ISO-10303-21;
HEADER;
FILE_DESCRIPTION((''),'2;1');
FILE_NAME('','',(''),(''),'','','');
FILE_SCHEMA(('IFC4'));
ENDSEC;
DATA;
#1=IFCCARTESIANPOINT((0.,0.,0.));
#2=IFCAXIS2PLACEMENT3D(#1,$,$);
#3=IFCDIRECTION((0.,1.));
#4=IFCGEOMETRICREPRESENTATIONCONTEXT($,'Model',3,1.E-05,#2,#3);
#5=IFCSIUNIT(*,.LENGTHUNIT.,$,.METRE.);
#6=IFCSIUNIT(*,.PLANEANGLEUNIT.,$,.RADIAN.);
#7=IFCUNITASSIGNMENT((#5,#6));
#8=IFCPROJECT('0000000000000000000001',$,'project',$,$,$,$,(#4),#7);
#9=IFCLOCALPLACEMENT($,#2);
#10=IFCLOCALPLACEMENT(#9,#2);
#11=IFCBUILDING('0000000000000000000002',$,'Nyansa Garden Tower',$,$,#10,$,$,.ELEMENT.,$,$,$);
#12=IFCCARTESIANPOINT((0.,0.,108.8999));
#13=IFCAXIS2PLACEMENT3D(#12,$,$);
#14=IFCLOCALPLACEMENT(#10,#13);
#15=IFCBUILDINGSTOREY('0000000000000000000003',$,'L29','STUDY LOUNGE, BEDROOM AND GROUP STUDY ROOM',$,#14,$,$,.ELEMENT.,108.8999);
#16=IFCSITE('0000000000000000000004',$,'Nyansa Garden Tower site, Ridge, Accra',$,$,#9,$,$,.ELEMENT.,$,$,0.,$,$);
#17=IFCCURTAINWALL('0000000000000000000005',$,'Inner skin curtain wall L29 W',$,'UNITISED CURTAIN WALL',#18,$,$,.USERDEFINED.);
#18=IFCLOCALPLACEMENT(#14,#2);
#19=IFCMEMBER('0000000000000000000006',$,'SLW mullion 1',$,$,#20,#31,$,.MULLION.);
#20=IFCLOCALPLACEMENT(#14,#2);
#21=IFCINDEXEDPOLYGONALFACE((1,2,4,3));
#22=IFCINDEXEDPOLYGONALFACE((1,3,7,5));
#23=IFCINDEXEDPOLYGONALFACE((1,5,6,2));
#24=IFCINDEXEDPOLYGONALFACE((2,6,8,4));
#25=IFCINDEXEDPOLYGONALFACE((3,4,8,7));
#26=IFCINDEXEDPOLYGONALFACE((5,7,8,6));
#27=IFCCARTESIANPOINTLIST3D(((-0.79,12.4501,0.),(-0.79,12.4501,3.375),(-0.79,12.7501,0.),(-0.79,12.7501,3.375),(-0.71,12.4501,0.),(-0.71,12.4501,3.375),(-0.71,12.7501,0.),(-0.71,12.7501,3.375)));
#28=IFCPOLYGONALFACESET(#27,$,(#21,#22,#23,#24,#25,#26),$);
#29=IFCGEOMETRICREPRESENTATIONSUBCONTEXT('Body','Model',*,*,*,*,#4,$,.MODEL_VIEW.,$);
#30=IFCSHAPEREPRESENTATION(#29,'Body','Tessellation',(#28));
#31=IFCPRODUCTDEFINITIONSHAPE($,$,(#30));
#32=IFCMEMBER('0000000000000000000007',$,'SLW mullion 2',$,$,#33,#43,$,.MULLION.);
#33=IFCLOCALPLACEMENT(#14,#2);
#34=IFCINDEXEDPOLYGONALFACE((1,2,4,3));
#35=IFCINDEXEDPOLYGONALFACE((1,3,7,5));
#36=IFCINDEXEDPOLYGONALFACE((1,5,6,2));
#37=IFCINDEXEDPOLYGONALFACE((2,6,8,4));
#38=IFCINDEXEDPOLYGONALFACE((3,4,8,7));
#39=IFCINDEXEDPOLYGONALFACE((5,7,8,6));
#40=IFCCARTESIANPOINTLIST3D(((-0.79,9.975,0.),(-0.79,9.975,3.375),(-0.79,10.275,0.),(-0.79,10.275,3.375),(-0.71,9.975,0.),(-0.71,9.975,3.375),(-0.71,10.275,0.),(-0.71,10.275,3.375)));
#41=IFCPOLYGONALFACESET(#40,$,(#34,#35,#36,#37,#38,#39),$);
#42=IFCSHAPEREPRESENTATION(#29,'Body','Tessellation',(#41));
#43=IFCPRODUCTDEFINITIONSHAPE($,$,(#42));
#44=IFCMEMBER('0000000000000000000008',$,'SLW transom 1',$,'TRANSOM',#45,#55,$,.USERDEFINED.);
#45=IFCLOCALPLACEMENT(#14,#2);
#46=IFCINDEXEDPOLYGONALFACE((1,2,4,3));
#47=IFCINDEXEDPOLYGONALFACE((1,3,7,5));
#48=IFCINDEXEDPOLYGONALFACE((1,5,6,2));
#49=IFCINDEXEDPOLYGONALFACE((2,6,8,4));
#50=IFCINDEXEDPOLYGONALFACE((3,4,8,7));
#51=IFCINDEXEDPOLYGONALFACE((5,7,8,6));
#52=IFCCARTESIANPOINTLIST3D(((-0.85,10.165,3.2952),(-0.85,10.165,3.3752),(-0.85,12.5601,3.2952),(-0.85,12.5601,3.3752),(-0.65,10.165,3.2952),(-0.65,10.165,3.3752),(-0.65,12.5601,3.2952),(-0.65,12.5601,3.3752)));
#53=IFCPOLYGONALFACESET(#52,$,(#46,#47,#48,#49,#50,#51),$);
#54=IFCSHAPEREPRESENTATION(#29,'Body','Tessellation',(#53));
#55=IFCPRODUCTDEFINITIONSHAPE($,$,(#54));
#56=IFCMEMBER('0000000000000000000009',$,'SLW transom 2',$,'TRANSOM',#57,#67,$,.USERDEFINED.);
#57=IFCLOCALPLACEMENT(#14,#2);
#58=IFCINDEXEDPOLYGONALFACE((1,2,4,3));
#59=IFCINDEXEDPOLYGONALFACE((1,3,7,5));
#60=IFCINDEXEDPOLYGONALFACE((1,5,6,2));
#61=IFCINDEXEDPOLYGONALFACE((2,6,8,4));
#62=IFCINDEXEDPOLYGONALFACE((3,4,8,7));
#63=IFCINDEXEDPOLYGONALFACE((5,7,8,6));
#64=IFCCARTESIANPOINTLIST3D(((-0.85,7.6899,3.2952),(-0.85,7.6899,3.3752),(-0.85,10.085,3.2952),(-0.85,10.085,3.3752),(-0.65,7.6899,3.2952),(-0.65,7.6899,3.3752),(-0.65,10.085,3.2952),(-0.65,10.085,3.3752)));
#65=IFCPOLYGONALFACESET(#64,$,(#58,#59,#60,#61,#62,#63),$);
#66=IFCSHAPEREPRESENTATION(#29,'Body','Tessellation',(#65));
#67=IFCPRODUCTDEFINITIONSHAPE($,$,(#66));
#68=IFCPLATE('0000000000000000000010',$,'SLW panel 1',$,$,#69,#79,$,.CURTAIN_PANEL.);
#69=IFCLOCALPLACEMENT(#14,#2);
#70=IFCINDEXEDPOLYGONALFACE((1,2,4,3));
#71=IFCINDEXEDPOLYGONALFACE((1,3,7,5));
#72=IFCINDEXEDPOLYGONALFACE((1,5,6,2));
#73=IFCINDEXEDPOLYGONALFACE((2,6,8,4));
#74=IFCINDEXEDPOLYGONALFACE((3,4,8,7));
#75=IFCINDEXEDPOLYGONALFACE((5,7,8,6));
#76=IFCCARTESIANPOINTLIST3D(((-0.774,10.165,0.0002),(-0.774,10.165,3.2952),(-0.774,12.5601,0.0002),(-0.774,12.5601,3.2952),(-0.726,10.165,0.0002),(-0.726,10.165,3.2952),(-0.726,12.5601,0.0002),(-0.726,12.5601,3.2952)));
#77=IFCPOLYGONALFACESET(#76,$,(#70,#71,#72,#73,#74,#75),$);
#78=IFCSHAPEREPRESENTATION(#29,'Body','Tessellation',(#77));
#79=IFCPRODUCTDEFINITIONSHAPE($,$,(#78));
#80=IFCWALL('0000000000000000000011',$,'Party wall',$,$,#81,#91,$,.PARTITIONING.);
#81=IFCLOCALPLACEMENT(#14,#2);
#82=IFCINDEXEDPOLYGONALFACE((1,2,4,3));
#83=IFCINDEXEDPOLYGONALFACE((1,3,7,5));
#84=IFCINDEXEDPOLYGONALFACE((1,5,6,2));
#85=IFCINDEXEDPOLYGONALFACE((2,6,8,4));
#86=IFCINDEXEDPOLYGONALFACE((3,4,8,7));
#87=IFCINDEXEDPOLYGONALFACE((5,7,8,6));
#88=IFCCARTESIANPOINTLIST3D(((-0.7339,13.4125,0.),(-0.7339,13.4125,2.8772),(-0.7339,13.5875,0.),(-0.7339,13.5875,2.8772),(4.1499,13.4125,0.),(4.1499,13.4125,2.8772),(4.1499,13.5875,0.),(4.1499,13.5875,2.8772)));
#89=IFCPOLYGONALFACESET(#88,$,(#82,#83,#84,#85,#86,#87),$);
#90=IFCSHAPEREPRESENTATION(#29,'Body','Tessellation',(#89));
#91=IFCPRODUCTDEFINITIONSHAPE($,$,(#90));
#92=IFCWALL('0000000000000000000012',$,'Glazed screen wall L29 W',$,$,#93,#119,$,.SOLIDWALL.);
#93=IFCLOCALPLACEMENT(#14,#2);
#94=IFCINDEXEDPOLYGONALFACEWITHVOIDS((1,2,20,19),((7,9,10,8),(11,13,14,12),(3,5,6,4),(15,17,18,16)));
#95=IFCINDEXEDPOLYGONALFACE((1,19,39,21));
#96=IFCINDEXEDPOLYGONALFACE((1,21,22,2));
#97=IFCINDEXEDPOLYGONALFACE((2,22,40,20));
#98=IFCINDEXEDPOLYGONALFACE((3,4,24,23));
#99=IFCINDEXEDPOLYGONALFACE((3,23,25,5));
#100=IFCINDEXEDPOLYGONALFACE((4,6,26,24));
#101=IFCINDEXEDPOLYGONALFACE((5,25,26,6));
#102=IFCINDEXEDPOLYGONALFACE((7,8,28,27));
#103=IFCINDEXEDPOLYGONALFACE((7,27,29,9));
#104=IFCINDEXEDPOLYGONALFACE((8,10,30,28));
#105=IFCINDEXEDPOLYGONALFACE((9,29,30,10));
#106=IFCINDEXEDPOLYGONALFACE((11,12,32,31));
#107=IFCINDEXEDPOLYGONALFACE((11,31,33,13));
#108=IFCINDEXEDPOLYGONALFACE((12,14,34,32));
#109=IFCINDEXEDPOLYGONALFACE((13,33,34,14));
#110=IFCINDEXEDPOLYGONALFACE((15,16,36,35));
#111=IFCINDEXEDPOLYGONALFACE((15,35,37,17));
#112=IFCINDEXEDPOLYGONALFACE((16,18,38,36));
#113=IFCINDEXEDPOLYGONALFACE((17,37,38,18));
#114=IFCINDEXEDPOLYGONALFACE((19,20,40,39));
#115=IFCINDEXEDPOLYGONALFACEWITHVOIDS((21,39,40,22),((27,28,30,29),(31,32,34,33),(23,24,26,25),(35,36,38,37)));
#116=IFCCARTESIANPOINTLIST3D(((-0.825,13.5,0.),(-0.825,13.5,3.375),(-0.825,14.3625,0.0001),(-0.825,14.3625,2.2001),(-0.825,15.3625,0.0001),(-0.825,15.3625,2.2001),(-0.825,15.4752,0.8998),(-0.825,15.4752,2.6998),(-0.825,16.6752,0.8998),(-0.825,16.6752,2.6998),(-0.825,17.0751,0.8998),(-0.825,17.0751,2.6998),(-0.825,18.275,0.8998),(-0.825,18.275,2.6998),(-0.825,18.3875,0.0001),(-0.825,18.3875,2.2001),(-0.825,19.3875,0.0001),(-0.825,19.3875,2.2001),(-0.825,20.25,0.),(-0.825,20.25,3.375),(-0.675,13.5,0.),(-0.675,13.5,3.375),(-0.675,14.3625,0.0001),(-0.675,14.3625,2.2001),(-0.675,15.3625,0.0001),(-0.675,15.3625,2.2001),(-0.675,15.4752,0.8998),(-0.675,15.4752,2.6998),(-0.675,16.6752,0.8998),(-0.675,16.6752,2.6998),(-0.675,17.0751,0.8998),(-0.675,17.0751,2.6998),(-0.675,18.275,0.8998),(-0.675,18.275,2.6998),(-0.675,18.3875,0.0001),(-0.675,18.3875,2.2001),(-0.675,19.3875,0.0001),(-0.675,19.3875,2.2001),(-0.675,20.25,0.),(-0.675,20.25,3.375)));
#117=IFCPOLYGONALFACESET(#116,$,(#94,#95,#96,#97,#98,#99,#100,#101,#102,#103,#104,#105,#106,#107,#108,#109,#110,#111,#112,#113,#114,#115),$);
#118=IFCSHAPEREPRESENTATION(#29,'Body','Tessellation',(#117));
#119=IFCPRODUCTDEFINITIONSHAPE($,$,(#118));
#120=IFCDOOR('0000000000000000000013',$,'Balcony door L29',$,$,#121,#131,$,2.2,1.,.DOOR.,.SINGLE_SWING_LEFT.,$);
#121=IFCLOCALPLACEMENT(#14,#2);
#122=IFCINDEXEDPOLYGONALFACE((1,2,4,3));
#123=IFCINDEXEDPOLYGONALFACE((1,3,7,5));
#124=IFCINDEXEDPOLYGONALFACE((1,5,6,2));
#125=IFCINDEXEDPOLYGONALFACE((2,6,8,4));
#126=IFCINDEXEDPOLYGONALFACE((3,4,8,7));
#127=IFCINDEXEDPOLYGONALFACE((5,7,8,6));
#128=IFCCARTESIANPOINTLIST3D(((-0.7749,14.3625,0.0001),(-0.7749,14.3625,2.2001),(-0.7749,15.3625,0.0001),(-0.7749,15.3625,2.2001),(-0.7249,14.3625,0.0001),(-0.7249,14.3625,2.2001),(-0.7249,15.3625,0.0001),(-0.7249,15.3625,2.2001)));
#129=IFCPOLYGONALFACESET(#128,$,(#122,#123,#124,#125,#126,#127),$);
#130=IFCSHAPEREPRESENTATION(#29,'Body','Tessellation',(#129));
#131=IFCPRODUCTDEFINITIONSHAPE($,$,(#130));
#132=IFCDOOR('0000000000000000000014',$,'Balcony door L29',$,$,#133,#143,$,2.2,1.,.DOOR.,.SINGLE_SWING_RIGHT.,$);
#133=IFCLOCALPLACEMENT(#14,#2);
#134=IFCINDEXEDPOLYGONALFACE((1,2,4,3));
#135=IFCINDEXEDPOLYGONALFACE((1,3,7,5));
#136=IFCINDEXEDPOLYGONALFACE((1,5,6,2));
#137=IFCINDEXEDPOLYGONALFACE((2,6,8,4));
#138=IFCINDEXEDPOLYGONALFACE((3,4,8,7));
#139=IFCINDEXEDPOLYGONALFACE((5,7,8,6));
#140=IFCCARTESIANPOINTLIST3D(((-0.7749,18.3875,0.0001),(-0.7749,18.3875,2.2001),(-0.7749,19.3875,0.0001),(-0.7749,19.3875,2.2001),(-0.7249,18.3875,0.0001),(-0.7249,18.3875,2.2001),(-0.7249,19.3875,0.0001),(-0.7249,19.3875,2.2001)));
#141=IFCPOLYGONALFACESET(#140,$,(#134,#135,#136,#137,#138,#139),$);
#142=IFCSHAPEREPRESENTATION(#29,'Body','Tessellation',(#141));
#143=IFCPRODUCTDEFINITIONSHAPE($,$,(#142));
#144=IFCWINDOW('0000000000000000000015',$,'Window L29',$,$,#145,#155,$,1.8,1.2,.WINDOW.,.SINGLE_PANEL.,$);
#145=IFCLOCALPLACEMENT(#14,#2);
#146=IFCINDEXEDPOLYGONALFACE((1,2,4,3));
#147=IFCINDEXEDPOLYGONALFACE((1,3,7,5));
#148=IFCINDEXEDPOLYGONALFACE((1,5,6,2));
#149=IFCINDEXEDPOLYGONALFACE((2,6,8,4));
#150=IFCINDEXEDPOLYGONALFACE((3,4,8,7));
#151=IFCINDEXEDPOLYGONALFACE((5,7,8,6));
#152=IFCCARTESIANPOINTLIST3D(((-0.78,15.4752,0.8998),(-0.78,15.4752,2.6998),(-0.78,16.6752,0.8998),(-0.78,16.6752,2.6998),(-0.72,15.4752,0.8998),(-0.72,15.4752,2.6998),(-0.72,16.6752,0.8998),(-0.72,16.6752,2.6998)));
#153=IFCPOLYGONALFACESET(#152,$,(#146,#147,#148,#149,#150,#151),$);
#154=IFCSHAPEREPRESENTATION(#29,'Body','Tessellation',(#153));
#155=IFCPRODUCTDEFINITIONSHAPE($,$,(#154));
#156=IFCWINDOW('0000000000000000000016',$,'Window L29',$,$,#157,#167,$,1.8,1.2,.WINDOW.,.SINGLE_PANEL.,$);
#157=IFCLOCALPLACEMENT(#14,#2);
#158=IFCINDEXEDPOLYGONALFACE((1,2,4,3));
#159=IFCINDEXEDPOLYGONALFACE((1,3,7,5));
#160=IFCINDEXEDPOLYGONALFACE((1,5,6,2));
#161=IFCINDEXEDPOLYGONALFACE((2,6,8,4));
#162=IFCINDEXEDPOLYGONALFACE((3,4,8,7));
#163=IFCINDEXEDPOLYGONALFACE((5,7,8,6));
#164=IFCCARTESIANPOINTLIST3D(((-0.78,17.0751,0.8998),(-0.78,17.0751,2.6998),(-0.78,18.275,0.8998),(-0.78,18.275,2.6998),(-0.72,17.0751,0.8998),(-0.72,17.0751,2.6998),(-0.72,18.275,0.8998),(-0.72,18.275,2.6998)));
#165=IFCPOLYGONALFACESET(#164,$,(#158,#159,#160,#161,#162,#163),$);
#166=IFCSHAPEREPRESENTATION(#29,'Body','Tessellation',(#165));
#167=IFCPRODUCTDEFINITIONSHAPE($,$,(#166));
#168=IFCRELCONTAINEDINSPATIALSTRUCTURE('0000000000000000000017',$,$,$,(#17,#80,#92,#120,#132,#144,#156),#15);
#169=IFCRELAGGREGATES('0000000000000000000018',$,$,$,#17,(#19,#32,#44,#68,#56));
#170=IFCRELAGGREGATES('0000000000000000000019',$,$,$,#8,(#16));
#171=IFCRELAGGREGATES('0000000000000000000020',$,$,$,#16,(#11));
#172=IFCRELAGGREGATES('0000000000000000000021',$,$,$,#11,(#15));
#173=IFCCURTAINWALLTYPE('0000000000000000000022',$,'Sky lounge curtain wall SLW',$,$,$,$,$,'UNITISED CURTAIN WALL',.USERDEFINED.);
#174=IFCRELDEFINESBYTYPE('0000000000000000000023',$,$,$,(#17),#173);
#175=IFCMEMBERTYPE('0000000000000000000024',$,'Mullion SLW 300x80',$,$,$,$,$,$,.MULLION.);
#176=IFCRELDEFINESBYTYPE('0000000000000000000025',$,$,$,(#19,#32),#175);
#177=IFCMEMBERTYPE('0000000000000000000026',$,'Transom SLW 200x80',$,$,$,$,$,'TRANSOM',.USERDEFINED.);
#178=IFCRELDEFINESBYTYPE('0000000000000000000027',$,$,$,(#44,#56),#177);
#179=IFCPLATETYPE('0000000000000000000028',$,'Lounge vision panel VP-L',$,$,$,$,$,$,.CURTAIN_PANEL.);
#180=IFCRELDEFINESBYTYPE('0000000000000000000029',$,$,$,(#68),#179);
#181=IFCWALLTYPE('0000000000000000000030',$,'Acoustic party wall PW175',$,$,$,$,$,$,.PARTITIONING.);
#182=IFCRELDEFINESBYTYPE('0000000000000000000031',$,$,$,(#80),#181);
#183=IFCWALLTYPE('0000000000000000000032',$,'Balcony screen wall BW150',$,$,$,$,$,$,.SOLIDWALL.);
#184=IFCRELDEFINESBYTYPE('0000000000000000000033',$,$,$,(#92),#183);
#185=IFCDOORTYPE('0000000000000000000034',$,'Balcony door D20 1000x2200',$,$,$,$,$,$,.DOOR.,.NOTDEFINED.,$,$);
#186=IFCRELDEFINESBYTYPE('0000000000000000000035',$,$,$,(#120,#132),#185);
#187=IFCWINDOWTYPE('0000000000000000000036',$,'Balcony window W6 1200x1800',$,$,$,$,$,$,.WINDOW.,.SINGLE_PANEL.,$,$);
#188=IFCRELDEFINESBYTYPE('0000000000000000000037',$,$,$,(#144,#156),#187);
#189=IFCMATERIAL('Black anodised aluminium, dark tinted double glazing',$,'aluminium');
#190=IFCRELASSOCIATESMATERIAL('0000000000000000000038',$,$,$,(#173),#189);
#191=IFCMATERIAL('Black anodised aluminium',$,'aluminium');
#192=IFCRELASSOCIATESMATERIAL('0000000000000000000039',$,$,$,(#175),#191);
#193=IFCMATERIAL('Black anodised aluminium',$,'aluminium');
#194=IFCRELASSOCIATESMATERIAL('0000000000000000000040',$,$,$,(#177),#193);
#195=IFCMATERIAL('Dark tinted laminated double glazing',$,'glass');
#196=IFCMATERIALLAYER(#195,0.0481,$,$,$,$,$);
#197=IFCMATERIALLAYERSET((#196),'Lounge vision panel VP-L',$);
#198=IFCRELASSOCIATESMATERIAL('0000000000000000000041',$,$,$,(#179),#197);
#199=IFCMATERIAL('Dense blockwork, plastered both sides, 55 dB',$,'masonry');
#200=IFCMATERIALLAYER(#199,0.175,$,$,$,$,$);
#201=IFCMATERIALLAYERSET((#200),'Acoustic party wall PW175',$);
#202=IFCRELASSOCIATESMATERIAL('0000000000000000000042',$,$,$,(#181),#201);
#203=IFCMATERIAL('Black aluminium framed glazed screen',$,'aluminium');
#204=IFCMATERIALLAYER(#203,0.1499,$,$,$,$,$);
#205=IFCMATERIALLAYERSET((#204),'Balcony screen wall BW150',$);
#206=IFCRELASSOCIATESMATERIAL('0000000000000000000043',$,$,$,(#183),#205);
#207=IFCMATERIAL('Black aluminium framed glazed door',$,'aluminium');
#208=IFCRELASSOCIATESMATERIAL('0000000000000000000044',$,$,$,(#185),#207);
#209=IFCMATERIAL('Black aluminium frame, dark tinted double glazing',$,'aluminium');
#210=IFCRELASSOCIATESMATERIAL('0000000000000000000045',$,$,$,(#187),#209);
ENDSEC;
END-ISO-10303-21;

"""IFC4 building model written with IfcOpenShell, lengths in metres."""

from ifc_helpers import new_model, si_unit, direction, frame, frame_2d, origin, origin_2d, place, context, subcontext, project, spatial, rectangle, extrude, material, layer, layer_set, material_profile, profile_set, type_object, element, fill, aggregate, save


model = new_model("IFC4")

# Units and contexts
model_context = context("Model", 3, precision=1e-05, world=origin(), true_north=direction((0.0, 1.0)))
body_context = subcontext(model_context, "Body", "Model", "MODEL_VIEW")
ifc_project = project(units=[si_unit("LENGTHUNIT", "METRE"), si_unit("PLANEANGLEUNIT", "RADIAN")], contexts=[model_context])

# Site, building, storey
site_placement = place(None, origin())
site = spatial("IfcSite", under=ifc_project, at=site_placement, Name="Nyansa Garden Tower site, Ridge, Accra", CompositionType="ELEMENT", RefElevation=0.0)
building_placement = place(site_placement, origin())
building = spatial("IfcBuilding", under=site, at=building_placement, Name="Nyansa Garden Tower", CompositionType="ELEMENT")
storey_placement = place(building_placement, frame((0.0, 0.0, 108.8999)))
storey = spatial("IfcBuildingStorey", under=building, at=storey_placement, Name="L29", Description="STUDY LOUNGE, BEDROOM AND GROUP STUDY ROOM", CompositionType="ELEMENT", Elevation=108.8999)

# Curtain wall, members, plate
ifc_material_1 = material(Name="Black anodised aluminium, dark tinted double glazing", Category="aluminium")
curtain_wall_type = type_object("IfcCurtainWallType", Name="Sky lounge curtain wall SLW", ElementType="UNITISED CURTAIN WALL", PredefinedType="USERDEFINED", material=ifc_material_1)
curtain_wall_placement = place(storey_placement, origin())
curtain_wall = element("IfcCurtainWall", 1, at=curtain_wall_placement, inside=storey, type_object=curtain_wall_type, Name="Inner skin curtain wall L29 W", ObjectType="UNITISED CURTAIN WALL", PredefinedType="USERDEFINED")
ifc_material_2 = material(Name="Black anodised aluminium", Category="aluminium")
ifc_material_profile_1 = material_profile(ifc_material_2, rectangle(XDim=0.0801, YDim=0.3, at=origin_2d()), Name="Mullion 300x80")
ifc_profile_set_1 = profile_set([ifc_material_profile_1], Name="Black anodised aluminium")
member_type_1 = type_object("IfcMemberType", Name="Mullion SLW 300x80", PredefinedType="MULLION", material=ifc_profile_set_1)
member_1_placement = place(storey_placement, frame((-0.75, 12.6001, 0.0), z_axis=(0.0, 0.0, 1.0), x_axis=(1.0, 0.0, 0.0)))
member_1 = element("IfcMember", 2, at=member_1_placement, type_object=member_type_1, Name="SLW mullion 1", PredefinedType="MULLION", context=body_context, shape_type="SweptSolid", body=[
    extrude(rectangle(XDim=0.0801, YDim=0.3, at=origin_2d()), origin(), (0.0, 0.0, 1.0), 3.375),
])
member_2_placement = place(storey_placement, frame((-0.75, 10.125, 0.0), z_axis=(0.0, 0.0, 1.0), x_axis=(1.0, 0.0, 0.0)))
member_2 = element("IfcMember", 3, at=member_2_placement, type_object=member_type_1, Name="SLW mullion 2", PredefinedType="MULLION", context=body_context, shape_type="SweptSolid", body=[
    extrude(rectangle(XDim=0.0801, YDim=0.3, at=origin_2d()), origin(), (0.0, 0.0, 1.0), 3.375),
])
ifc_material_3 = material(Name="Black anodised aluminium", Category="aluminium")
ifc_material_profile_2 = material_profile(ifc_material_3, rectangle(XDim=0.2, YDim=0.0801, at=origin_2d()), Name="Transom 200x80")
ifc_profile_set_2 = profile_set([ifc_material_profile_2], Name="Black anodised aluminium")
member_type_2 = type_object("IfcMemberType", Name="Transom SLW 200x80", ElementType="TRANSOM", PredefinedType="USERDEFINED", material=ifc_profile_set_2)
member_3_placement = place(storey_placement, frame((-0.75, 12.5601, 3.3352), z_axis=(0.0, -1.0, 0.0), x_axis=(1.0, 0.0, 0.0)))
member_3 = element("IfcMember", 4, at=member_3_placement, type_object=member_type_2, Name="SLW transom 1", ObjectType="TRANSOM", PredefinedType="USERDEFINED", context=body_context, shape_type="SweptSolid", body=[
    extrude(rectangle(XDim=0.2, YDim=0.0801, at=origin_2d()), origin(), (0.0, 0.0, 1.0), 2.395),
])
member_4_placement = place(storey_placement, frame((-0.75, 10.085, 3.3352), z_axis=(0.0, -1.0, 0.0), x_axis=(1.0, 0.0, 0.0)))
member_4 = element("IfcMember", 5, at=member_4_placement, type_object=member_type_2, Name="SLW transom 2", ObjectType="TRANSOM", PredefinedType="USERDEFINED", context=body_context, shape_type="SweptSolid", body=[
    extrude(rectangle(XDim=0.2, YDim=0.0801, at=origin_2d()), origin(), (0.0, 0.0, 1.0), 2.395),
])
ifc_material_4 = material(Name="Dark tinted laminated double glazing", Category="glass")
ifc_layer_1 = layer(ifc_material_4, 0.0481)
ifc_layer_set_1 = layer_set([ifc_layer_1], Name="Lounge vision panel VP-L")
plate_type = type_object("IfcPlateType", Name="Lounge vision panel VP-L", PredefinedType="CURTAIN_PANEL", material=ifc_layer_set_1)
plate_placement = place(storey_placement, frame((-0.75, 11.3625, 0.0002), z_axis=(0.0, 0.0, 1.0), x_axis=(0.0, -1.0, 0.0)))
plate = element("IfcPlate", 6, at=plate_placement, type_object=plate_type, Name="SLW panel 1", PredefinedType="CURTAIN_PANEL", context=body_context, shape_type="SweptSolid", body=[
    extrude(rectangle(XDim=2.395, YDim=0.0481, at=origin_2d()), origin(), (0.0, 0.0, 1.0), 3.2949),
])
aggregate(curtain_wall, [member_1, member_2, member_3, plate, member_4])

# Wall
ifc_material_5 = material(Name="Dense blockwork, plastered both sides, 55 dB", Category="masonry")
ifc_layer_2 = layer(ifc_material_5, 0.175)
ifc_layer_set_2 = layer_set([ifc_layer_2], Name="Acoustic party wall PW175")
wall_type_1 = type_object("IfcWallType", Name="Acoustic party wall PW175", PredefinedType="PARTITIONING", material=ifc_layer_set_2)
wall_1_placement = place(storey_placement, frame((-0.7339, 13.5, 0.0), z_axis=(0.0, 0.0, 1.0), x_axis=(1.0, 0.0, 0.0)))
element("IfcWall", 7, at=wall_1_placement, inside=storey, type_object=wall_type_1, Name="Party wall", PredefinedType="PARTITIONING", context=body_context, shape_type="SweptSolid", body=[
    extrude(rectangle(XDim=4.8838, YDim=0.175, at=frame_2d((2.4419, 0.0))), origin(), (0.0, 0.0, 1.0), 2.8772),
])

# Wall, openings, doors, windows
ifc_material_6 = material(Name="Black aluminium framed glazed screen", Category="aluminium")
ifc_layer_3 = layer(ifc_material_6, 0.1499)
ifc_layer_set_3 = layer_set([ifc_layer_3], Name="Balcony screen wall BW150")
wall_type_2 = type_object("IfcWallType", Name="Balcony screen wall BW150", PredefinedType="SOLIDWALL", material=ifc_layer_set_3)
wall_2_placement = place(storey_placement, frame((-0.75, 13.5, 0.0), z_axis=(0.0, 0.0, 1.0), x_axis=(0.0, 1.0, 0.0)))
wall_2 = element("IfcWall", 8, at=wall_2_placement, inside=storey, type_object=wall_type_2, Name="Glazed screen wall L29 W", PredefinedType="SOLIDWALL", context=body_context, shape_type="SweptSolid", body=[
    extrude(rectangle(XDim=6.75, YDim=0.1499, at=frame_2d((3.375, 0.0))), origin(), (0.0, 0.0, 1.0), 3.375),
])
opening_1_placement = place(wall_2_placement, frame((0.8625, 0.0, 0.0)))
opening_1 = element("IfcOpeningElement", 9, at=opening_1_placement, cuts=wall_2, PredefinedType="OPENING", context=body_context, shape_type="SweptSolid", body=[
    extrude(rectangle(XDim=1.0, YDim=2.2, at=frame_2d((0.5, 1.1001))), frame((0.0, 0.085, 0.0), z_axis=(0.0, -1.0, 0.0), x_axis=(1.0, 0.0, 0.0)), (0.0, 0.0, 1.0), 0.1699),
])
opening_2_placement = place(wall_2_placement, frame((1.9751, 0.0, 0.8999)))
opening_2 = element("IfcOpeningElement", 10, at=opening_2_placement, cuts=wall_2, PredefinedType="OPENING", context=body_context, shape_type="SweptSolid", body=[
    extrude(rectangle(XDim=1.2, YDim=1.8, at=frame_2d((0.6001, 0.8999))), frame((0.0, 0.085, 0.0), z_axis=(0.0, -1.0, 0.0), x_axis=(1.0, 0.0, 0.0)), (0.0, 0.0, 1.0), 0.1699),
])
opening_3_placement = place(wall_2_placement, frame((4.8875, 0.0, 0.0)))
opening_3 = element("IfcOpeningElement", 11, at=opening_3_placement, cuts=wall_2, PredefinedType="OPENING", context=body_context, shape_type="SweptSolid", body=[
    extrude(rectangle(XDim=1.0, YDim=2.2, at=frame_2d((0.5, 1.1001))), frame((0.0, 0.085, 0.0), z_axis=(0.0, -1.0, 0.0), x_axis=(1.0, 0.0, 0.0)), (0.0, 0.0, 1.0), 0.1699),
])
opening_4_placement = place(wall_2_placement, frame((3.575, 0.0, 0.8999)))
opening_4 = element("IfcOpeningElement", 12, at=opening_4_placement, cuts=wall_2, PredefinedType="OPENING", context=body_context, shape_type="SweptSolid", body=[
    extrude(rectangle(XDim=1.2, YDim=1.8, at=frame_2d((0.6001, 0.8999))), frame((0.0, 0.085, 0.0), z_axis=(0.0, -1.0, 0.0), x_axis=(1.0, 0.0, 0.0)), (0.0, 0.0, 1.0), 0.1699),
])
ifc_material_7 = material(Name="Black aluminium framed glazed door", Category="aluminium")
door_type_1 = type_object("IfcDoorType", Name="Balcony door D20 1000x2200", OperationType="NOTDEFINED", PredefinedType="DOOR", material=ifc_material_7)
door_1_placement = place(opening_1_placement, origin())
door_1 = element("IfcDoor", 13, at=door_1_placement, inside=storey, type_object=door_type_1, Name="Balcony door L29", OperationType="SINGLE_SWING_LEFT", OverallHeight=2.2, OverallWidth=1.0, PredefinedType="DOOR", context=body_context, shape_type="SweptSolid", body=[
    extrude(rectangle(XDim=1.0, YDim=2.2, at=frame_2d((0.5, 1.1001))), frame((0.0, 0.0249, 0.0), z_axis=(0.0, -1.0, 0.0), x_axis=(1.0, 0.0, 0.0)), (0.0, 0.0, 1.0), 0.05),
])
fill(opening_1, door_1)
door_2_placement = place(opening_3_placement, origin())
door_2 = element("IfcDoor", 14, at=door_2_placement, inside=storey, type_object=door_type_1, Name="Balcony door L29", OperationType="SINGLE_SWING_RIGHT", OverallHeight=2.2, OverallWidth=1.0, PredefinedType="DOOR", context=body_context, shape_type="SweptSolid", body=[
    extrude(rectangle(XDim=1.0, YDim=2.2, at=frame_2d((0.5, 1.1001))), frame((0.0, 0.0249, 0.0), z_axis=(0.0, -1.0, 0.0), x_axis=(1.0, 0.0, 0.0)), (0.0, 0.0, 1.0), 0.05),
])
fill(opening_3, door_2)
ifc_material_8 = material(Name="Black aluminium frame, dark tinted double glazing", Category="aluminium")
window_type = type_object("IfcWindowType", Name="Balcony window W6 1200x1800", PartitioningType="SINGLE_PANEL", PredefinedType="WINDOW", material=ifc_material_8)
window_1_placement = place(opening_2_placement, origin())
window_1 = element("IfcWindow", 15, at=window_1_placement, inside=storey, type_object=window_type, Name="Window L29", OverallHeight=1.8, OverallWidth=1.2, PartitioningType="SINGLE_PANEL", PredefinedType="WINDOW", context=body_context, shape_type="SweptSolid", body=[
    extrude(rectangle(XDim=1.2, YDim=1.8, at=frame_2d((0.6001, 0.8999))), frame((0.0, 0.03, 0.0), z_axis=(0.0, -1.0, 0.0), x_axis=(1.0, 0.0, 0.0)), (0.0, 0.0, 1.0), 0.0601),
])
fill(opening_2, window_1)
window_2_placement = place(opening_4_placement, origin())
window_2 = element("IfcWindow", 16, at=window_2_placement, inside=storey, type_object=window_type, Name="Window L29", OverallHeight=1.8, OverallWidth=1.2, PartitioningType="SINGLE_PANEL", PredefinedType="WINDOW", context=body_context, shape_type="SweptSolid", body=[
    extrude(rectangle(XDim=1.2, YDim=1.8, at=frame_2d((0.6001, 0.8999))), frame((0.0, 0.03, 0.0), z_axis=(0.0, -1.0, 0.0), x_axis=(1.0, 0.0, 0.0)), (0.0, 0.0, 1.0), 0.0601),
])
fill(opening_4, window_2)

save(model, "model.ifc")
